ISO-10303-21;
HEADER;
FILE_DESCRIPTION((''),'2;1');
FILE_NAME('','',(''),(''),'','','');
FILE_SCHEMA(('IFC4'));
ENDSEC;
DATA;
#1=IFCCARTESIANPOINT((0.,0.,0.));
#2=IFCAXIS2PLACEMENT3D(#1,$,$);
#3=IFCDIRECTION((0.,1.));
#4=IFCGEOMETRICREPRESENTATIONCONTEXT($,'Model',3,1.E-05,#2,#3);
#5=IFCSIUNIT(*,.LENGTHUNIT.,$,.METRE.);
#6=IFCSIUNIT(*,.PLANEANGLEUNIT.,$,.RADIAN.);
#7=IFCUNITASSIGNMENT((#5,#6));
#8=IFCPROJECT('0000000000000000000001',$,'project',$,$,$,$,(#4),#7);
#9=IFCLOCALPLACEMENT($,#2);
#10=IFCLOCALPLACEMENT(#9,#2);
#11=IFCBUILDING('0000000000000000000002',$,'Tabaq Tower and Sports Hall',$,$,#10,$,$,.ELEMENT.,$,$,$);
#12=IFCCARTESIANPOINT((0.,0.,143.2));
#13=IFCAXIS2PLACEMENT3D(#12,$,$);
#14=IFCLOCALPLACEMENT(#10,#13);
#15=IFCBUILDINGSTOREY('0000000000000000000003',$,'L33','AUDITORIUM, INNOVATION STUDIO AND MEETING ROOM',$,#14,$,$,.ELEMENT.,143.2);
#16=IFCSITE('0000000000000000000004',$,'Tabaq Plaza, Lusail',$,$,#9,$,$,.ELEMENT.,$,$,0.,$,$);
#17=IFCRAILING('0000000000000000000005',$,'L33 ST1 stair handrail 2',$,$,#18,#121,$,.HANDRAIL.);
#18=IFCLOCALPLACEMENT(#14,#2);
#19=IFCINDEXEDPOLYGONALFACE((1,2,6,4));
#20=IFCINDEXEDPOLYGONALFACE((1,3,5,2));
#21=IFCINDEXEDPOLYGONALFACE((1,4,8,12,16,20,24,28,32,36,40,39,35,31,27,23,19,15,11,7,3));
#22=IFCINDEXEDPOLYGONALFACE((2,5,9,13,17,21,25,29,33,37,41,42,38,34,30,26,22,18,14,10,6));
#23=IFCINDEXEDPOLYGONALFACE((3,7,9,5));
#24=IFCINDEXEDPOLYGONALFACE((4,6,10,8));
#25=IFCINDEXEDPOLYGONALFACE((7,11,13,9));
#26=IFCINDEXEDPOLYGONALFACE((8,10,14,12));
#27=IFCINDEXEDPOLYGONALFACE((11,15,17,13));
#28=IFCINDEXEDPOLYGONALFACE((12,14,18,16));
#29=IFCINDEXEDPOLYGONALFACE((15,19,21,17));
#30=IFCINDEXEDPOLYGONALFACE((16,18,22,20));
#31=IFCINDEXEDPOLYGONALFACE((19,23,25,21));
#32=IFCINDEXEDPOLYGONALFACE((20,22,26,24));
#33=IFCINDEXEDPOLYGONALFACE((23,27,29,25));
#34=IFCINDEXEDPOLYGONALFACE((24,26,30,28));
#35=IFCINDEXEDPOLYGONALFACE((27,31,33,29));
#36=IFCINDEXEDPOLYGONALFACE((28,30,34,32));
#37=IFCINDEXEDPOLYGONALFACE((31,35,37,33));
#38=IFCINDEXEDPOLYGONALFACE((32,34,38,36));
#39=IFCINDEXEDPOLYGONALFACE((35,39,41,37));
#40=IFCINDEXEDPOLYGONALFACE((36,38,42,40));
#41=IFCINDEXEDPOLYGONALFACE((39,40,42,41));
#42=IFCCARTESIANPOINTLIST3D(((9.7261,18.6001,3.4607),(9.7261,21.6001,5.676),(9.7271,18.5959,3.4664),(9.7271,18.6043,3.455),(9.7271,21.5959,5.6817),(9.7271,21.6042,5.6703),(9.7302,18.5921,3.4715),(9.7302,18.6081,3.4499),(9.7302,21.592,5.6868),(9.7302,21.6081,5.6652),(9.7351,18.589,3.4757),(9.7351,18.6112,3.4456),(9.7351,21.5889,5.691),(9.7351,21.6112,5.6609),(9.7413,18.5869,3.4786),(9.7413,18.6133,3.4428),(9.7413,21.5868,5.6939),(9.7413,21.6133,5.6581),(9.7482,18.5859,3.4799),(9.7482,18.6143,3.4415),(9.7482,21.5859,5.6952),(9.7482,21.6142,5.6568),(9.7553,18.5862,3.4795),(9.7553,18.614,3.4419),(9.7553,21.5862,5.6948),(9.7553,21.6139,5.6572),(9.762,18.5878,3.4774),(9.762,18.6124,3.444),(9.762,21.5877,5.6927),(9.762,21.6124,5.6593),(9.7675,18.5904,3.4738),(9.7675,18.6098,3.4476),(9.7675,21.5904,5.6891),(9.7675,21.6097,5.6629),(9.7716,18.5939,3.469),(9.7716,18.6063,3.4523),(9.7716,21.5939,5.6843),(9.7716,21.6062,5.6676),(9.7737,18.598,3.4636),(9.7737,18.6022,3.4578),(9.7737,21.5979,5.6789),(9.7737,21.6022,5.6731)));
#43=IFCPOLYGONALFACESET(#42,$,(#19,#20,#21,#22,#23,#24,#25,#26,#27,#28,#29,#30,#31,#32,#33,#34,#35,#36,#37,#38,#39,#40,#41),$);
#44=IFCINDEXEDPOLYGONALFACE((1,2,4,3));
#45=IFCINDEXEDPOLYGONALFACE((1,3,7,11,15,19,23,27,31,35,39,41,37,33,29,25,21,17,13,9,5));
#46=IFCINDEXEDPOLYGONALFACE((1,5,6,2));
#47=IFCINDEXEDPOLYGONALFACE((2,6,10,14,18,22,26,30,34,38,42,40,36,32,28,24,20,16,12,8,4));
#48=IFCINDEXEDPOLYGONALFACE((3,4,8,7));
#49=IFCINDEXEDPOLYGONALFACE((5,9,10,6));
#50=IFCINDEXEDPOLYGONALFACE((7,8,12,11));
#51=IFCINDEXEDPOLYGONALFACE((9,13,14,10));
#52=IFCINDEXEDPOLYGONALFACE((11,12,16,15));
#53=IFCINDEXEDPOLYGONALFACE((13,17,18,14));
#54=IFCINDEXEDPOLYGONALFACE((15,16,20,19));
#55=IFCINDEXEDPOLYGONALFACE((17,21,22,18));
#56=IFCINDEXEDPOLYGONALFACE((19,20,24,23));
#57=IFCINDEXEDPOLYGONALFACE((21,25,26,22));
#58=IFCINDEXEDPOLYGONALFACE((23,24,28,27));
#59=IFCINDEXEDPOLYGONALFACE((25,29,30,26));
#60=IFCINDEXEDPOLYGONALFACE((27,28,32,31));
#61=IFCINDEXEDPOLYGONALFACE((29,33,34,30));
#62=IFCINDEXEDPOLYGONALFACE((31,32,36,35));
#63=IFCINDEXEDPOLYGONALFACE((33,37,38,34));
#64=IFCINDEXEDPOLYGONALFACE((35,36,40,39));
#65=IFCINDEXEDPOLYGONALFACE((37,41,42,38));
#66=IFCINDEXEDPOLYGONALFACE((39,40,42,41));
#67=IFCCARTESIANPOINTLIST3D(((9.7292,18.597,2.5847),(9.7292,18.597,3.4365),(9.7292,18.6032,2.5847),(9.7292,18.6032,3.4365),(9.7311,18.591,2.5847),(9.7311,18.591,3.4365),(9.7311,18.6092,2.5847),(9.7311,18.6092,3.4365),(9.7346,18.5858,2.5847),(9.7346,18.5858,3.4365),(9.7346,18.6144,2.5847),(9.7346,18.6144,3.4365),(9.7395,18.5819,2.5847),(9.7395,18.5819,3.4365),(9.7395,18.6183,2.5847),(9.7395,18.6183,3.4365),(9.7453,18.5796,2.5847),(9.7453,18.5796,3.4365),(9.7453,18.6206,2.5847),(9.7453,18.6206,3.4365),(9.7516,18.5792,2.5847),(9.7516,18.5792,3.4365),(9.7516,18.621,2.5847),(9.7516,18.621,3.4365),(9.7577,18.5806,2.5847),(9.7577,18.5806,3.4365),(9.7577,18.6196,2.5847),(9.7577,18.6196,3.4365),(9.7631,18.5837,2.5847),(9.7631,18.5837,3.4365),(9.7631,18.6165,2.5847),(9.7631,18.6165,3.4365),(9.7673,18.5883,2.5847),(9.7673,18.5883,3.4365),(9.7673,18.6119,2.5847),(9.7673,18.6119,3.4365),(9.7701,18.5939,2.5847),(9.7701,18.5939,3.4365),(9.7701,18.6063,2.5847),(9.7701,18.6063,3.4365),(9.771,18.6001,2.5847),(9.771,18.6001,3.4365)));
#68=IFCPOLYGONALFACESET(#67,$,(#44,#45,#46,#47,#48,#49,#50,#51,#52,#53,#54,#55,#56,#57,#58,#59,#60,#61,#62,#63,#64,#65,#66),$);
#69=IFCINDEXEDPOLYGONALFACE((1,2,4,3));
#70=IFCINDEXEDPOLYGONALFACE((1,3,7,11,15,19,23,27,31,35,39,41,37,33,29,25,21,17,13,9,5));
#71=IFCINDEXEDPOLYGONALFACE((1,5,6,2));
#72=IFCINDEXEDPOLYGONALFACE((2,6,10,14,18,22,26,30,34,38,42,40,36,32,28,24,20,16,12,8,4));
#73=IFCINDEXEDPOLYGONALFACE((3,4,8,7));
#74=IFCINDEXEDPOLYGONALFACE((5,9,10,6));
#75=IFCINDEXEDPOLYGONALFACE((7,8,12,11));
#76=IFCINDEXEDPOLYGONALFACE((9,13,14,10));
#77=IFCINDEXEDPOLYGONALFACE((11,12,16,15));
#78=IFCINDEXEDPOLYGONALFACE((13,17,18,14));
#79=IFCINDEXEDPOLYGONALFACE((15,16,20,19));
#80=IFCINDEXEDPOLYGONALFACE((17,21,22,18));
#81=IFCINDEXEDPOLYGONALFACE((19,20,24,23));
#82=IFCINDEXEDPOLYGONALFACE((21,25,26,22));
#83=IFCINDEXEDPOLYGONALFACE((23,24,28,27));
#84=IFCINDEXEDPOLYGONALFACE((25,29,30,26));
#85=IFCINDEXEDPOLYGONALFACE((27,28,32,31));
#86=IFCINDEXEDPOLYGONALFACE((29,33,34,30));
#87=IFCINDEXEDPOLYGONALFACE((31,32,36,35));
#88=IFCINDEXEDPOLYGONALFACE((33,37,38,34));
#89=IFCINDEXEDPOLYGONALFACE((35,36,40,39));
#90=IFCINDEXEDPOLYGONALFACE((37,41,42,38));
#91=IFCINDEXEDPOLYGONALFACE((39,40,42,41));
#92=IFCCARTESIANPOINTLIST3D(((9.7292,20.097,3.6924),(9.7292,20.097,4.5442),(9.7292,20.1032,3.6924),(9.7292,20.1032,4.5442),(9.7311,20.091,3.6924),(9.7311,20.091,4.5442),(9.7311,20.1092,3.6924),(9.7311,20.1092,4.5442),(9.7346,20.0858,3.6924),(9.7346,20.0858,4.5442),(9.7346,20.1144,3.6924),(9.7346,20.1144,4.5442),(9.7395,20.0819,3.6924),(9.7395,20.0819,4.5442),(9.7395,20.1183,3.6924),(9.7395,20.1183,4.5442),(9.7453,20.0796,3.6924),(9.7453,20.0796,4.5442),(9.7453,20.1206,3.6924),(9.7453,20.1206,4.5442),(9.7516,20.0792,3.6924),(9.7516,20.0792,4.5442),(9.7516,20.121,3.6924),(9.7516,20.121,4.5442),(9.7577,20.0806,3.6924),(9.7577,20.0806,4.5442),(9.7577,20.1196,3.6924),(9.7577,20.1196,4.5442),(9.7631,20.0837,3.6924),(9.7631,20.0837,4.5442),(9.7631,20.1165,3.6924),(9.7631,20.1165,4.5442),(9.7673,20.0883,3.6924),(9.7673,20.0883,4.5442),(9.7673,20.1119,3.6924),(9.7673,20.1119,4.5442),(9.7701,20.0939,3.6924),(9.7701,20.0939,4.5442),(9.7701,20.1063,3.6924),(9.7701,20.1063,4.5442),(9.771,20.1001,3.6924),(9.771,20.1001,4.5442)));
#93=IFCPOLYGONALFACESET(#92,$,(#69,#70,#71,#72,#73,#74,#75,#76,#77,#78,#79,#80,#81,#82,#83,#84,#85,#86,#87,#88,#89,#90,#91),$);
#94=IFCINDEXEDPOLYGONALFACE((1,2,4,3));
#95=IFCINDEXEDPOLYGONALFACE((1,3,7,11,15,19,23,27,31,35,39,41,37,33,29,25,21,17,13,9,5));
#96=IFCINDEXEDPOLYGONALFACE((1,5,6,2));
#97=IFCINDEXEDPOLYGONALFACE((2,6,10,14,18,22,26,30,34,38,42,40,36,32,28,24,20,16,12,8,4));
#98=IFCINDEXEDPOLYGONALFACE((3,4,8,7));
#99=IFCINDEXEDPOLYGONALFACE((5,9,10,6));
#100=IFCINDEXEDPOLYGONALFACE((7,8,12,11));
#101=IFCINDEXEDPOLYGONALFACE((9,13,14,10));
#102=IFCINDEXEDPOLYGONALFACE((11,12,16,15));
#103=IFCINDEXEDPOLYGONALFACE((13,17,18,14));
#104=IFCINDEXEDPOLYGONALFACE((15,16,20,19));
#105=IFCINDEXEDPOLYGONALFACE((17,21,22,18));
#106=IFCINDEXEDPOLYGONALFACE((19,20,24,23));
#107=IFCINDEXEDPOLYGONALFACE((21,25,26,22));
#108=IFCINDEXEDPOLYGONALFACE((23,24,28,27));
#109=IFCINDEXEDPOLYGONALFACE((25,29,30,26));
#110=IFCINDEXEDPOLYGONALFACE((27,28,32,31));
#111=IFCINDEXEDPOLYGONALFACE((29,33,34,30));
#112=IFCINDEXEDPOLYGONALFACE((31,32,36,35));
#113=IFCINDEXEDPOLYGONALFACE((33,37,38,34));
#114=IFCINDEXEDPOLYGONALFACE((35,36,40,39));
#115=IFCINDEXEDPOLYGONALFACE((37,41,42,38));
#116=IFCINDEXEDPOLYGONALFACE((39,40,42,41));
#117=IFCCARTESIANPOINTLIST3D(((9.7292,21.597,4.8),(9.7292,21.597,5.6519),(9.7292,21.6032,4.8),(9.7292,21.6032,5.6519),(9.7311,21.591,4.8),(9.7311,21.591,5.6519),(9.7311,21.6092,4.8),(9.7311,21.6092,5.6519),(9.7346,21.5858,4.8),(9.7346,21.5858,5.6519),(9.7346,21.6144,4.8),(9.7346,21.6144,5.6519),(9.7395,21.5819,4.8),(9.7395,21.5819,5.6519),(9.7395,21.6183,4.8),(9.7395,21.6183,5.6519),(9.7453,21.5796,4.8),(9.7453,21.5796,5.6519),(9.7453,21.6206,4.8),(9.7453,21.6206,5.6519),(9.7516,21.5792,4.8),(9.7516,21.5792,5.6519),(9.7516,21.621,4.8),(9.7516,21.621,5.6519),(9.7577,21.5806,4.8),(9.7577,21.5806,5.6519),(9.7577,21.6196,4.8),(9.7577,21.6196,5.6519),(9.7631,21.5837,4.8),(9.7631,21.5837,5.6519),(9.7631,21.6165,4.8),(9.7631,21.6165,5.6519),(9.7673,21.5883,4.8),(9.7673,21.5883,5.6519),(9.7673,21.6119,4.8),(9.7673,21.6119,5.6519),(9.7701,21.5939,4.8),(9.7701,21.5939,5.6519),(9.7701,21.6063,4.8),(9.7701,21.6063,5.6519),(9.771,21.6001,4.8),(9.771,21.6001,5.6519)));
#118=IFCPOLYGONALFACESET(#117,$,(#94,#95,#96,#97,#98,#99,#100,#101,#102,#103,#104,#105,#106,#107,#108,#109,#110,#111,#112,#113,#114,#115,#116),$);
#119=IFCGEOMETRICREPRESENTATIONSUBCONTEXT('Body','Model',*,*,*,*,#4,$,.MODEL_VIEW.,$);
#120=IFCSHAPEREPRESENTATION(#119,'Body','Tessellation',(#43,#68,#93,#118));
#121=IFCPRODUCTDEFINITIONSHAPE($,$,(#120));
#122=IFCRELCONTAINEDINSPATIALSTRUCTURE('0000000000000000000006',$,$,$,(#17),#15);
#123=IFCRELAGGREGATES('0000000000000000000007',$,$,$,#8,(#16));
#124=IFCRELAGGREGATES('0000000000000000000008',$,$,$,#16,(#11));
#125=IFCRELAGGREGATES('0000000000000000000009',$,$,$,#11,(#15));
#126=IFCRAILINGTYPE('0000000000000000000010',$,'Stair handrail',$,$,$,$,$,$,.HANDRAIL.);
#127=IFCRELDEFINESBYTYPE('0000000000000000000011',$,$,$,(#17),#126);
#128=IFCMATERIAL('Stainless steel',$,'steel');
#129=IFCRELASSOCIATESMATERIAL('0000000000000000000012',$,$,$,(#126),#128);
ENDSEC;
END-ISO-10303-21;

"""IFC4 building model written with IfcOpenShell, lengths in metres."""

from ifc_helpers import new_model, si_unit, direction, frame, origin, origin_2d, place, context, subcontext, project, spatial, circle, extrude, material, type_object, element, save


model = new_model("IFC4")

# Units and contexts
model_context = context("Model", 3, precision=1e-05, world=origin(), true_north=direction((0.0, 1.0)))
body_context = subcontext(model_context, "Body", "Model", "MODEL_VIEW")
ifc_project = project(units=[si_unit("LENGTHUNIT", "METRE"), si_unit("PLANEANGLEUNIT", "RADIAN")], contexts=[model_context])

# Site, building, storey
site_placement = place(None, origin())
site = spatial("IfcSite", under=ifc_project, at=site_placement, Name="Tabaq Plaza, Lusail", CompositionType="ELEMENT", RefElevation=0.0)
building_placement = place(site_placement, origin())
building = spatial("IfcBuilding", under=site, at=building_placement, Name="Tabaq Tower and Sports Hall", CompositionType="ELEMENT")
storey_placement = place(building_placement, frame((0.0, 0.0, 143.2)))
storey = spatial("IfcBuildingStorey", under=building, at=storey_placement, Name="L33", Description="AUDITORIUM, INNOVATION STUDIO AND MEETING ROOM", CompositionType="ELEMENT", Elevation=143.2)

# Railing
ifc_material_1 = material(Name="Stainless steel", Category="steel")
railing_type = type_object("IfcRailingType", Name="Stair handrail", PredefinedType="HANDRAIL", material=ifc_material_1)
railing_placement = place(storey_placement, frame((9.75, 18.6001, 2.5847)))
element("IfcRailing", 1, at=railing_placement, inside=storey, type_object=railing_type, Name="L33 ST1 stair handrail 2", PredefinedType="HANDRAIL", context=body_context, shape_type="SweptSolid", body=[
    extrude(circle(Radius=0.0239, at=origin_2d()), frame((0.0, 0.0, 0.876), z_axis=(0.0, 0.80444, 0.594034), x_axis=(-1.0, 0.0, 0.0)), (0.0, 0.0, 1.0), 3.7292),
    extrude(circle(Radius=0.021, at=origin_2d()), origin(), (0.0, 0.0, 1.0), 0.8518),
    extrude(circle(Radius=0.021, at=origin_2d()), frame((0.0, 1.5, 1.1077)), (0.0, 0.0, 1.0), 0.8518),
    extrude(circle(Radius=0.021, at=origin_2d()), frame((0.0, 3.0, 2.2153)), (0.0, 0.0, 1.0), 0.8518),
])

save(model, "model.ifc")
